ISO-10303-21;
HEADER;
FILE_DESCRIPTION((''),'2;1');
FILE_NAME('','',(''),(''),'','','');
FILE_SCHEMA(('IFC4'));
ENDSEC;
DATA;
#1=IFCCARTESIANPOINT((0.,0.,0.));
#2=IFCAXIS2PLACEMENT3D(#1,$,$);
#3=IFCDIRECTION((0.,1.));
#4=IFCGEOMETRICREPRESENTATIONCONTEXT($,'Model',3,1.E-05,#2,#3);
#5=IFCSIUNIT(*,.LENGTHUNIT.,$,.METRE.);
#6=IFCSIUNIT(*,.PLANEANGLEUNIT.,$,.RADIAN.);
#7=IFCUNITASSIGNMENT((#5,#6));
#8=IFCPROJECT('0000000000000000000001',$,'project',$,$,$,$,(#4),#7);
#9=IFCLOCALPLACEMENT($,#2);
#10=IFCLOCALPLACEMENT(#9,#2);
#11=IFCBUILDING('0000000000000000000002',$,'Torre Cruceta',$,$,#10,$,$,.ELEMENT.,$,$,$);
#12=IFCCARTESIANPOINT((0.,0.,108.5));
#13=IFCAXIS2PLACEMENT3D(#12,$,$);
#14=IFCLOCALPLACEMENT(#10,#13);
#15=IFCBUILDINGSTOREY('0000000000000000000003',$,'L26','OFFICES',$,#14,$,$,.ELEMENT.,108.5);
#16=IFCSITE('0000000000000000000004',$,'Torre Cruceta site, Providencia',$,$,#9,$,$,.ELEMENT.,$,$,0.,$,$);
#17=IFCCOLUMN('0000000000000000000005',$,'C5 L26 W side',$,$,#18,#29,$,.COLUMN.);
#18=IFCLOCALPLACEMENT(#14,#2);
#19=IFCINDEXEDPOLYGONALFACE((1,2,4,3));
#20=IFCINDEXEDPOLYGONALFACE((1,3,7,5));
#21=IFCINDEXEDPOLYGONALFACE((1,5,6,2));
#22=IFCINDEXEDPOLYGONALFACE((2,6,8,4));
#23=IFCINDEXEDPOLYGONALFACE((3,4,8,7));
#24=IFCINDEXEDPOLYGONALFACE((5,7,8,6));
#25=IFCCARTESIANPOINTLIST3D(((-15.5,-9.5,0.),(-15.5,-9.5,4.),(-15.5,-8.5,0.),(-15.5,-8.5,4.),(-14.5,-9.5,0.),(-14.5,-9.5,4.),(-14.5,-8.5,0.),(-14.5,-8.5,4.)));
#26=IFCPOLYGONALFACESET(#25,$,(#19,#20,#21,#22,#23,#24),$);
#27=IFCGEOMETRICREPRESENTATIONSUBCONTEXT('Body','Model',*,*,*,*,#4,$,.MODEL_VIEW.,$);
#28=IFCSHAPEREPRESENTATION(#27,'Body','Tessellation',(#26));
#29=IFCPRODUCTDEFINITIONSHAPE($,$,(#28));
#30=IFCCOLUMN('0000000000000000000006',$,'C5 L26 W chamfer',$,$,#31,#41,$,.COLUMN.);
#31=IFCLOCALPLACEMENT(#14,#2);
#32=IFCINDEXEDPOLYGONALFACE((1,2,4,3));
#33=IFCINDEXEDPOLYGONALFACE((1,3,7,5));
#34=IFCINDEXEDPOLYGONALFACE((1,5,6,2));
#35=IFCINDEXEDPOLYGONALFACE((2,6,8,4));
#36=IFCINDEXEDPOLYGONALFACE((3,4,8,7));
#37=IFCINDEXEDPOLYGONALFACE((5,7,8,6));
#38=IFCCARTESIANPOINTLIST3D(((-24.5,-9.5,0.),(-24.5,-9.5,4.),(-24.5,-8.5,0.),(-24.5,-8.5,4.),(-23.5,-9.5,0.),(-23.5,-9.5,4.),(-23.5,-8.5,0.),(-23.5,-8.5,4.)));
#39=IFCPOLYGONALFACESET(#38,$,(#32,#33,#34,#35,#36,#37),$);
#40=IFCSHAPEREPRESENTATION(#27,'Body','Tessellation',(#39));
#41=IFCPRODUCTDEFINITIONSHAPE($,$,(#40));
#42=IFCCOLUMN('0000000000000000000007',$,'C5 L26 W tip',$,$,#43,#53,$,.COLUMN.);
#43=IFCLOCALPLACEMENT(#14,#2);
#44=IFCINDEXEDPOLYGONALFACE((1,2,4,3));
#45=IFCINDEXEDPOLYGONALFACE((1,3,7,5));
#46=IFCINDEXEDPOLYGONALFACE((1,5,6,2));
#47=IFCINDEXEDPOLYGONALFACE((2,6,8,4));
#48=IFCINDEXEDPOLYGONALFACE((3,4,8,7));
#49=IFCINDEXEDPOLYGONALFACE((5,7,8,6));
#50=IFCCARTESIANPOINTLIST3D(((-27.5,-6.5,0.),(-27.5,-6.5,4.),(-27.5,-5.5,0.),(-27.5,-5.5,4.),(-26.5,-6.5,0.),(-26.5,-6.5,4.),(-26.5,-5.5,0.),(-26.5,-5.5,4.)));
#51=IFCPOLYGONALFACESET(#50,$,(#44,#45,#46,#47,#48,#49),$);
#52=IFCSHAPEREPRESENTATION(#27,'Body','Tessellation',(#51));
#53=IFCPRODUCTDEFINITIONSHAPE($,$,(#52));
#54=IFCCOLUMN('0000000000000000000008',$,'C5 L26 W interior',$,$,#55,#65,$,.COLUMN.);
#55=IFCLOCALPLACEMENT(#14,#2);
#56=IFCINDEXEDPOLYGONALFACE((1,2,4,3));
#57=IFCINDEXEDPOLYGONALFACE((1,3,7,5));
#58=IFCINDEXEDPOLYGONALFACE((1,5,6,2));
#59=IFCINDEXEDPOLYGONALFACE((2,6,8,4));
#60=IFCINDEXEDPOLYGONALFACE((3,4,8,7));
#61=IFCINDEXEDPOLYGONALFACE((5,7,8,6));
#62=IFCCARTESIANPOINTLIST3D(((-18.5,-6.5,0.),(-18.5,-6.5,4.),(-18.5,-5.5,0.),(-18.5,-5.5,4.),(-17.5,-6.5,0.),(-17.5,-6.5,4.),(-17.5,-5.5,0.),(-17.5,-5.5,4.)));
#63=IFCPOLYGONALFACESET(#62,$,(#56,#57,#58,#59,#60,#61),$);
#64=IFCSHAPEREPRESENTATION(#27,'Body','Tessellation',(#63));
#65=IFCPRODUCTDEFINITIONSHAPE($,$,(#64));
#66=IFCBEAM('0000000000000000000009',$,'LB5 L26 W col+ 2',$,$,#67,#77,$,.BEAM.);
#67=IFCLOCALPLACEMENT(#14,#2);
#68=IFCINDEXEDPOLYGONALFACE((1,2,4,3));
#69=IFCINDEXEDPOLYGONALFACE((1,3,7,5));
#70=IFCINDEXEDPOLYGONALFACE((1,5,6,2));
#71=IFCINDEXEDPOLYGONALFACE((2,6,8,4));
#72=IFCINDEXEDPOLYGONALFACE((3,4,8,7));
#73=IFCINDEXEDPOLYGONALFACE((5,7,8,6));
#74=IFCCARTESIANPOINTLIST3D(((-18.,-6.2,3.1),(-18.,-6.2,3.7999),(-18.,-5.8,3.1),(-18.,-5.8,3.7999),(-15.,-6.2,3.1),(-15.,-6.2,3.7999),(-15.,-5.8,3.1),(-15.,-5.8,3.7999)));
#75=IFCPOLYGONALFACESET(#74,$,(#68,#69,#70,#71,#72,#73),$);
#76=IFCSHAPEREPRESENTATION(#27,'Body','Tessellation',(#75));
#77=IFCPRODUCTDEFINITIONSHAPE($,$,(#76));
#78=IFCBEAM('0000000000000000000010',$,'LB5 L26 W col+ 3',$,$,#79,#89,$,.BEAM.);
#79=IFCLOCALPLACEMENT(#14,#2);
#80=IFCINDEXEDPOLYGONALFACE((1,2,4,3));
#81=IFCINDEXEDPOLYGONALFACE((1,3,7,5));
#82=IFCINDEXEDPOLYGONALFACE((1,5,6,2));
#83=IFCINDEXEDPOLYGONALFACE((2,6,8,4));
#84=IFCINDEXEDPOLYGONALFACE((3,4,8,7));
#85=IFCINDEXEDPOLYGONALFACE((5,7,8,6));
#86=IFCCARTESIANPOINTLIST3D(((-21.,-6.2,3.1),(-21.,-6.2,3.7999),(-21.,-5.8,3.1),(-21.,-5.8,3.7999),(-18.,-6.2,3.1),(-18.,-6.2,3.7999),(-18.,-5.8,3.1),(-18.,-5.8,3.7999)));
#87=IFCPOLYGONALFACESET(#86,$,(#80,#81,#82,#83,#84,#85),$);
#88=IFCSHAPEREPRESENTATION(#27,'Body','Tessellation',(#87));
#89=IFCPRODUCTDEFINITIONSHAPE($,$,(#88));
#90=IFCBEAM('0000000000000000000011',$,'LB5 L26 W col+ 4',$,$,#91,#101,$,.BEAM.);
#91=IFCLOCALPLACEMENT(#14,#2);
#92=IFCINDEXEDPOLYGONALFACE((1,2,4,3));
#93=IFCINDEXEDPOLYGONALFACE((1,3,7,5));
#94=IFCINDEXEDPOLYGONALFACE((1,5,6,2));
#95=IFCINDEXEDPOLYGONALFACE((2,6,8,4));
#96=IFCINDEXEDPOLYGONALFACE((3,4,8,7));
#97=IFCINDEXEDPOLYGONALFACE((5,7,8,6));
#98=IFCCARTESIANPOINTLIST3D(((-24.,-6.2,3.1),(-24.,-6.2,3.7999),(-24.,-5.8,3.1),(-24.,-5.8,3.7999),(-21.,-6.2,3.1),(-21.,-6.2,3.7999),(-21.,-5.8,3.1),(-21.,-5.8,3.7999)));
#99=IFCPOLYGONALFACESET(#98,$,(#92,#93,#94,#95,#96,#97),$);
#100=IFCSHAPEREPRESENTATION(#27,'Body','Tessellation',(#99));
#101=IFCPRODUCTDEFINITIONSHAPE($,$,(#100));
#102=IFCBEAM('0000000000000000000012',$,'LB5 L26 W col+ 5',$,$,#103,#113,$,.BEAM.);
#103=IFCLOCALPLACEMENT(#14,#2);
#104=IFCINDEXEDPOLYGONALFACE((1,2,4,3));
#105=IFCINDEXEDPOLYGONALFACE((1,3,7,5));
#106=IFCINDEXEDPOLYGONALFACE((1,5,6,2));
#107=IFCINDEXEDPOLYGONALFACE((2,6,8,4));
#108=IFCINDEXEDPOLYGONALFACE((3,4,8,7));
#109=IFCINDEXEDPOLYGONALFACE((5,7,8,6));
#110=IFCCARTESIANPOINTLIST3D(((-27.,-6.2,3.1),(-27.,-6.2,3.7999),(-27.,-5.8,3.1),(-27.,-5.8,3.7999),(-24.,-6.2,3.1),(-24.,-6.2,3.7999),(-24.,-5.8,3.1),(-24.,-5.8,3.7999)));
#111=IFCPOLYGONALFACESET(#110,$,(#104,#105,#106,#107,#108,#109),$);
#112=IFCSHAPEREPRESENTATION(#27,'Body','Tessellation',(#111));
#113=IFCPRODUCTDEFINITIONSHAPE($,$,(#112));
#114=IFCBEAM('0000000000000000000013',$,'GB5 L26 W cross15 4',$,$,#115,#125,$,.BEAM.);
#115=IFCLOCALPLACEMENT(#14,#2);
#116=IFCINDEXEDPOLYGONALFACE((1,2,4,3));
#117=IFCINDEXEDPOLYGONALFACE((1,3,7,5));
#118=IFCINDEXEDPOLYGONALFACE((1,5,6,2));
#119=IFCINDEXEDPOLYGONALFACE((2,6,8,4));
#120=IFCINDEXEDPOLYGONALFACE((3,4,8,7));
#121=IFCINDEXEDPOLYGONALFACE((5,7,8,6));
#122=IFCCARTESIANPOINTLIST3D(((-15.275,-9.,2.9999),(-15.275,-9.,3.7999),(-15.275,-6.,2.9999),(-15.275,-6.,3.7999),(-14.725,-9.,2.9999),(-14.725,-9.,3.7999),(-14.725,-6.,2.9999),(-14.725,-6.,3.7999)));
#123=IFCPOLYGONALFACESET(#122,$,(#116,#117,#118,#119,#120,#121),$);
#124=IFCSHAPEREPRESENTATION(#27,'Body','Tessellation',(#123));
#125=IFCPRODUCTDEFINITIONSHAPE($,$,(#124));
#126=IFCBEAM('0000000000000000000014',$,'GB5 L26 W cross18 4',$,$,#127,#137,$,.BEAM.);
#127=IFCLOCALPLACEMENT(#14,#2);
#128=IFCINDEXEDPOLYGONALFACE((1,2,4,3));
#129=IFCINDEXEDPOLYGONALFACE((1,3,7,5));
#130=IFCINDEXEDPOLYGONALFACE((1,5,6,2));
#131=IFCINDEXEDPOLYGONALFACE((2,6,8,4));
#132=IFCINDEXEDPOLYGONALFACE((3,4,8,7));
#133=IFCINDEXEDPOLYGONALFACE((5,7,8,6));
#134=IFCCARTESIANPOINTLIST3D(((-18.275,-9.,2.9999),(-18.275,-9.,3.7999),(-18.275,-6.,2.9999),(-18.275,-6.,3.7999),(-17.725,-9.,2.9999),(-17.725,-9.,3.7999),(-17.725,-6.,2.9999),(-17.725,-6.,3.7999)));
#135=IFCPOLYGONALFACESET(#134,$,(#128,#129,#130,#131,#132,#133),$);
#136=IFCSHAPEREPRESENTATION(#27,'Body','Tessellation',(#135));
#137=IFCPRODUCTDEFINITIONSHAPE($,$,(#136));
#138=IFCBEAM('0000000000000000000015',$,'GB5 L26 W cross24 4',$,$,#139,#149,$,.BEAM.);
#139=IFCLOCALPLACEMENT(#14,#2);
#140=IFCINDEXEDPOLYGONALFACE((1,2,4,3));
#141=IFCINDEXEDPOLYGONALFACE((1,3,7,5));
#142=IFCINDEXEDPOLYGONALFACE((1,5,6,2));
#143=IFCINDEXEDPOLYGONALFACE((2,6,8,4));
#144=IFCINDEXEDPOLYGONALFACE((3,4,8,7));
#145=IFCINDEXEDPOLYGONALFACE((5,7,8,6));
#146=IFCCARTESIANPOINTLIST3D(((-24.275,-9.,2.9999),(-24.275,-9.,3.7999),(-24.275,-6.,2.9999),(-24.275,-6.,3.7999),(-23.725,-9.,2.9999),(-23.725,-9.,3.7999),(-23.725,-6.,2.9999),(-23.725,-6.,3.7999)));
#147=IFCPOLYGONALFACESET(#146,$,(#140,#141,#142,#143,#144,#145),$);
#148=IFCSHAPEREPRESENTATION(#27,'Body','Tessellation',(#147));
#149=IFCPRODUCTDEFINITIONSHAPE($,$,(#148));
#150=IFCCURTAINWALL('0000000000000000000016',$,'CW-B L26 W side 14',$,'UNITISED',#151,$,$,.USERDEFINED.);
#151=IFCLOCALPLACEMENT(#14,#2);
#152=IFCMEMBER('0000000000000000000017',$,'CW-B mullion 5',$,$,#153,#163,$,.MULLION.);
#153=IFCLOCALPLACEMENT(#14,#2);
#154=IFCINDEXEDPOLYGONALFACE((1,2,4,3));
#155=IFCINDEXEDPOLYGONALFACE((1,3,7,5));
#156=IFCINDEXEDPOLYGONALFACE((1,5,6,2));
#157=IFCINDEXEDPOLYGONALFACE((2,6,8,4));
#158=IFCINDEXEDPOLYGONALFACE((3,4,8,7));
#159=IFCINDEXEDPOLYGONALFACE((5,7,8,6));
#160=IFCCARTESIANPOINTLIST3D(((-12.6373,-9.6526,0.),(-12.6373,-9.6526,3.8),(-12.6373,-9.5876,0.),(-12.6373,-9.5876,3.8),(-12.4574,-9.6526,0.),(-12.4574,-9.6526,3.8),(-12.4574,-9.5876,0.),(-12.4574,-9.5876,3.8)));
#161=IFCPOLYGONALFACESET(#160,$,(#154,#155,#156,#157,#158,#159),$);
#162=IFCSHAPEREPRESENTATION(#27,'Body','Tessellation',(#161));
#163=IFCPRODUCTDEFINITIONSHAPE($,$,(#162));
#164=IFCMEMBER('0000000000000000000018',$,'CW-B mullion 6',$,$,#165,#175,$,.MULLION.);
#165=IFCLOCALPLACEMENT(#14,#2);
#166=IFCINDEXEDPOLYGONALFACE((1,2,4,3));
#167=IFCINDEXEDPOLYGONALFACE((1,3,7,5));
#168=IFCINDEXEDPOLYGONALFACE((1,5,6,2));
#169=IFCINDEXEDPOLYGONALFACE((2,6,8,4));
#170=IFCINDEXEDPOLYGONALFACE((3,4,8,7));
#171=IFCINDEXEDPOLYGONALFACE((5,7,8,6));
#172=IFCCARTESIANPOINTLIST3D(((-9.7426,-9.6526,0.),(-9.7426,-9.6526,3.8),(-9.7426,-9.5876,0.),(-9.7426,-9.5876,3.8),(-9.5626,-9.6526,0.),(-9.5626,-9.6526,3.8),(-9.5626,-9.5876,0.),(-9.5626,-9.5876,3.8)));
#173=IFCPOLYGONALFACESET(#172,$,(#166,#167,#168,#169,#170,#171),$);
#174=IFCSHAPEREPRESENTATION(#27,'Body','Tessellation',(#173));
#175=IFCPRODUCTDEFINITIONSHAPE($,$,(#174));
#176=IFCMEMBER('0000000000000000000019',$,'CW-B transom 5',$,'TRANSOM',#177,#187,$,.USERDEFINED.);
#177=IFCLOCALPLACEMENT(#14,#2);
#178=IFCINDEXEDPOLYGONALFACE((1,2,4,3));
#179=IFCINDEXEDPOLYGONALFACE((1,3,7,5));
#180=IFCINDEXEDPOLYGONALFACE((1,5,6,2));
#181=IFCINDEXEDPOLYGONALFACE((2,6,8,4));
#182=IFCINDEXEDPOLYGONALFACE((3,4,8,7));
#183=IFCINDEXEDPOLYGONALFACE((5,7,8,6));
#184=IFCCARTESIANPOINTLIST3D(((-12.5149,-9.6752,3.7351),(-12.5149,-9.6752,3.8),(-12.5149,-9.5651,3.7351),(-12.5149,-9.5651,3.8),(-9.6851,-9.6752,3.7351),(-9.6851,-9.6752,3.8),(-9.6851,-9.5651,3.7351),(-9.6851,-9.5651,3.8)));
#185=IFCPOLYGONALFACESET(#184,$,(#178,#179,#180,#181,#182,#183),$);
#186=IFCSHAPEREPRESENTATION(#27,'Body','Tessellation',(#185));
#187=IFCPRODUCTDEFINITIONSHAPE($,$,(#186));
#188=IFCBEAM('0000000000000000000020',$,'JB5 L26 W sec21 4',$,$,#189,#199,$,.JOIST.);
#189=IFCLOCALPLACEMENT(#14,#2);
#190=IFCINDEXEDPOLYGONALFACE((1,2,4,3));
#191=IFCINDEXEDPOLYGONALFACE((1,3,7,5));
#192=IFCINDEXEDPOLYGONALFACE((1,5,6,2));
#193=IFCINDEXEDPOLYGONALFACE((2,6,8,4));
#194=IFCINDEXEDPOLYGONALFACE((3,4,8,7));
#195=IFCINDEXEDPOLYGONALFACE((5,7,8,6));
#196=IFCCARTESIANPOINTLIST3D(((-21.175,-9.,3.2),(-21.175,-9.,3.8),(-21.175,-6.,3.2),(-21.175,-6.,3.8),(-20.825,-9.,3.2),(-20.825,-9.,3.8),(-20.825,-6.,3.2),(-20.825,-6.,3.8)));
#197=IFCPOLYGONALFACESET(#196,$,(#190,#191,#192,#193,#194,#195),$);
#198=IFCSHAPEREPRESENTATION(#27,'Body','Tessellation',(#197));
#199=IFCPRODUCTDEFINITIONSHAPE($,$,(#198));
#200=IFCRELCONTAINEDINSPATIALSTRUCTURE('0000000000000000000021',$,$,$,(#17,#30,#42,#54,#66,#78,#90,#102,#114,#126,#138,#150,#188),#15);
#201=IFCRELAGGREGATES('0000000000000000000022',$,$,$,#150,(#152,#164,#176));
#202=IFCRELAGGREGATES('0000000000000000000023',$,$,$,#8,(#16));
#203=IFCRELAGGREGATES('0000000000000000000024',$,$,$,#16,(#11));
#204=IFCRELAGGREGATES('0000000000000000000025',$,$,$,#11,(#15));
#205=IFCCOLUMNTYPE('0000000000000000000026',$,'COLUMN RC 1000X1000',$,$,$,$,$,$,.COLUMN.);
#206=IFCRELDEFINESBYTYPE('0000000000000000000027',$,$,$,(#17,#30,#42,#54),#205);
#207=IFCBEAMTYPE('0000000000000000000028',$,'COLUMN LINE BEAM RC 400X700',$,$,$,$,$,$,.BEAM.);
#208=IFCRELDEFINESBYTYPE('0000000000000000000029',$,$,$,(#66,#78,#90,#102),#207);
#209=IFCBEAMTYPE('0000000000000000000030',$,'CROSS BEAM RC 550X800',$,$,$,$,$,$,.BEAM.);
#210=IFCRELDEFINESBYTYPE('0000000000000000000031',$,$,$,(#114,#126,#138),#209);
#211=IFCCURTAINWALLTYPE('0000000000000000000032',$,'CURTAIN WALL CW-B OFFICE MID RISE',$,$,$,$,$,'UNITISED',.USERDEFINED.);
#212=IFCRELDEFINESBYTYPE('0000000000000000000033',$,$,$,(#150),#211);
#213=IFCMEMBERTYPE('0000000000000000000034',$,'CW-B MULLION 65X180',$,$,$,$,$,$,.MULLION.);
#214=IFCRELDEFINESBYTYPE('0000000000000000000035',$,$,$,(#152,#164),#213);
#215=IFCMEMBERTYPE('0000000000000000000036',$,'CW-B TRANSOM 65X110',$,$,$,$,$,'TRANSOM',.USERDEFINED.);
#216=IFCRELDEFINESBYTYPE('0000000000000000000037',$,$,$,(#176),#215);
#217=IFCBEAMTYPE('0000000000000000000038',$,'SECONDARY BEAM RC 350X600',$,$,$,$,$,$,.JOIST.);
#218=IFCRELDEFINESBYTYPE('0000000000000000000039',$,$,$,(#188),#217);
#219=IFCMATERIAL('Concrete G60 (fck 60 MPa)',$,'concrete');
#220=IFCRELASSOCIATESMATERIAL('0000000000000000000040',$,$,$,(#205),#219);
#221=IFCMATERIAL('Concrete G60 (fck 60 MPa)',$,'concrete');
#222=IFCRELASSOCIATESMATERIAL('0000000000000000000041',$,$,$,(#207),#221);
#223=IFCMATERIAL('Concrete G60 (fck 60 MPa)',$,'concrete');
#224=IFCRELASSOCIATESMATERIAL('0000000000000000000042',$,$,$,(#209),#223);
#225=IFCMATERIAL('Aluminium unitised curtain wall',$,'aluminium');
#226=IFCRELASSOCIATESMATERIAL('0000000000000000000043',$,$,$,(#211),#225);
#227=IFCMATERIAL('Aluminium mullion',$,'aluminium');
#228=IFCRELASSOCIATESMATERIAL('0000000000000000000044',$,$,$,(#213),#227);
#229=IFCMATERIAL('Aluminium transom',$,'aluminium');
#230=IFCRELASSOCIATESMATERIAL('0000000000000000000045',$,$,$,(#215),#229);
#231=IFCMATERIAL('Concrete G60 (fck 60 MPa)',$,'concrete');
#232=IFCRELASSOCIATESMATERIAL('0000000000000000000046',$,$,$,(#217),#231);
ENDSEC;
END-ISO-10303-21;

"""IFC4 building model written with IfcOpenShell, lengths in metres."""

from ifc_helpers import new_model, si_unit, direction, frame, origin, origin_2d, place, context, subcontext, project, spatial, rectangle, extrude, material, material_profile, profile_set, type_object, element, aggregate, save


model = new_model("IFC4")

# Units and contexts
model_context = context("Model", 3, precision=1e-05, world=origin(), true_north=direction((0.0, 1.0)))
body_context = subcontext(model_context, "Body", "Model", "MODEL_VIEW")
ifc_project = project(units=[si_unit("LENGTHUNIT", "METRE"), si_unit("PLANEANGLEUNIT", "RADIAN")], contexts=[model_context])

# Site, building, storey
site_placement = place(None, origin())
site = spatial("IfcSite", under=ifc_project, at=site_placement, Name="Torre Cruceta site, Providencia", CompositionType="ELEMENT", RefElevation=0.0)
building_placement = place(site_placement, origin())
building = spatial("IfcBuilding", under=site, at=building_placement, Name="Torre Cruceta", CompositionType="ELEMENT")
storey_placement = place(building_placement, frame((0.0, 0.0, 108.5)))
storey = spatial("IfcBuildingStorey", under=building, at=storey_placement, Name="L26", Description="OFFICES", CompositionType="ELEMENT", Elevation=108.5)

# Columns
ifc_material_1 = material(Name="Concrete G60 (fck 60 MPa)", Category="concrete")
ifc_material_profile_1 = material_profile(ifc_material_1, rectangle(XDim=1.0, YDim=1.0, at=origin_2d()), Name="RC 1000X1000")
ifc_profile_set_1 = profile_set([ifc_material_profile_1], Name="Concrete G60 (fck 60 MPa)")
column_type = type_object("IfcColumnType", Name="COLUMN RC 1000X1000", PredefinedType="COLUMN", material=ifc_profile_set_1)
for number, where, z_axis, x_axis, name in (
    (1, (-15.0, -9.0, 0.0), (0.0, 0.0, 1.0), (1.0, 0.0, 0.0), "C5 L26 W side"),
    (2, (-24.0, -9.0, 0.0), (0.0, 0.0, 1.0), (1.0, 0.0, 0.0), "C5 L26 W chamfer"),
    (3, (-27.0, -6.0, 0.0), (0.0, 0.0, 1.0), (1.0, 0.0, 0.0), "C5 L26 W tip"),
    (4, (-18.0, -6.0, 0.0), (0.0, 0.0, 1.0), (1.0, 0.0, 0.0), "C5 L26 W interior"),
):
    element("IfcColumn", number, at=place(storey_placement, frame(where, z_axis=z_axis, x_axis=x_axis)), inside=storey, type_object=column_type, Name=name, PredefinedType="COLUMN", context=body_context, shape_type="SweptSolid", body=[
        extrude(rectangle(XDim=1.0, YDim=1.0, at=origin_2d()), origin(), (0.0, 0.0, 1.0), 4.0),
    ])

# Beams
ifc_material_2 = material(Name="Concrete G60 (fck 60 MPa)", Category="concrete")
ifc_material_profile_2 = material_profile(ifc_material_2, rectangle(XDim=0.3999, YDim=0.7, at=origin_2d()), Name="RC 400X700")
ifc_profile_set_2 = profile_set([ifc_material_profile_2], Name="Concrete G60 (fck 60 MPa)")
beam_type_1 = type_object("IfcBeamType", Name="COLUMN LINE BEAM RC 400X700", PredefinedType="BEAM", material=ifc_profile_set_2)
for number, where, z_axis, x_axis, name in (
    (5, (-15.0, -6.0, 3.45), (-1.0, 0.0, 0.0), (0.0, -1.0, 0.0), "LB5 L26 W col+ 2"),
    (6, (-18.0, -6.0, 3.45), (-1.0, 0.0, 0.0), (0.0, -1.0, 0.0), "LB5 L26 W col+ 3"),
    (7, (-21.0, -6.0, 3.45), (-1.0, 0.0, 0.0), (0.0, -1.0, 0.0), "LB5 L26 W col+ 4"),
    (8, (-24.0, -6.0, 3.45), (-1.0, 0.0, 0.0), (0.0, -1.0, 0.0), "LB5 L26 W col+ 5"),
):
    element("IfcBeam", number, at=place(storey_placement, frame(where, z_axis=z_axis, x_axis=x_axis)), inside=storey, type_object=beam_type_1, Name=name, PredefinedType="BEAM", context=body_context, shape_type="SweptSolid", body=[
        extrude(rectangle(XDim=0.3999, YDim=0.7, at=origin_2d()), origin(), (0.0, 0.0, 1.0), 3.0),
    ])
ifc_material_3 = material(Name="Concrete G60 (fck 60 MPa)", Category="concrete")
ifc_material_profile_3 = material_profile(ifc_material_3, rectangle(XDim=0.55, YDim=0.8, at=origin_2d()), Name="RC 550X800")
ifc_profile_set_3 = profile_set([ifc_material_profile_3], Name="Concrete G60 (fck 60 MPa)")
beam_type_2 = type_object("IfcBeamType", Name="CROSS BEAM RC 550X800", PredefinedType="BEAM", material=ifc_profile_set_3)
for number, where, z_axis, x_axis, name in (
    (9, (-15.0, -6.0, 3.3999), (0.0, -1.0, 0.0), (1.0, 0.0, 0.0), "GB5 L26 W cross15 4"),
    (10, (-18.0, -6.0, 3.3999), (0.0, -1.0, 0.0), (1.0, 0.0, 0.0), "GB5 L26 W cross18 4"),
    (11, (-24.0, -6.0, 3.3999), (0.0, -1.0, 0.0), (1.0, 0.0, 0.0), "GB5 L26 W cross24 4"),
):
    element("IfcBeam", number, at=place(storey_placement, frame(where, z_axis=z_axis, x_axis=x_axis)), inside=storey, type_object=beam_type_2, Name=name, PredefinedType="BEAM", context=body_context, shape_type="SweptSolid", body=[
        extrude(rectangle(XDim=0.55, YDim=0.8, at=origin_2d()), origin(), (0.0, 0.0, 1.0), 3.0),
    ])

# Curtain wall, members
ifc_material_4 = material(Name="Aluminium unitised curtain wall", Category="aluminium")
curtain_wall_type = type_object("IfcCurtainWallType", Name="CURTAIN WALL CW-B OFFICE MID RISE", ElementType="UNITISED", PredefinedType="USERDEFINED", material=ifc_material_4)
curtain_wall_placement = place(storey_placement, origin())
curtain_wall = element("IfcCurtainWall", 12, at=curtain_wall_placement, inside=storey, type_object=curtain_wall_type, Name="CW-B L26 W side 14", ObjectType="UNITISED", PredefinedType="USERDEFINED")
ifc_material_5 = material(Name="Aluminium mullion", Category="aluminium")
ifc_material_profile_4 = material_profile(ifc_material_5, rectangle(XDim=0.0649, YDim=0.1799, at=origin_2d()), Name="AL 65X180")
ifc_profile_set_4 = profile_set([ifc_material_profile_4], Name="Aluminium mullion")
member_type_1 = type_object("IfcMemberType", Name="CW-B MULLION 65X180", PredefinedType="MULLION", material=ifc_profile_set_4)
member_1_placement = place(storey_placement, frame((-12.5474, -9.6201, 0.0), z_axis=(0.0, 0.0, 1.0), x_axis=(0.0, 1.0, 0.0)))
member_1 = element("IfcMember", 13, at=member_1_placement, type_object=member_type_1, Name="CW-B mullion 5", PredefinedType="MULLION", context=body_context, shape_type="SweptSolid", body=[
    extrude(rectangle(XDim=0.0649, YDim=0.1799, at=origin_2d()), origin(), (0.0, 0.0, 1.0), 3.8),
])
member_2_placement = place(storey_placement, frame((-9.6526, -9.6201, 0.0), z_axis=(0.0, 0.0, 1.0), x_axis=(0.0, 1.0, 0.0)))
member_2 = element("IfcMember", 14, at=member_2_placement, type_object=member_type_1, Name="CW-B mullion 6", PredefinedType="MULLION", context=body_context, shape_type="SweptSolid", body=[
    extrude(rectangle(XDim=0.0649, YDim=0.1799, at=origin_2d()), origin(), (0.0, 0.0, 1.0), 3.8),
])
ifc_material_6 = material(Name="Aluminium transom", Category="aluminium")
ifc_material_profile_5 = material_profile(ifc_material_6, rectangle(XDim=0.1101, YDim=0.0649, at=origin_2d()), Name="AL 110X65")
ifc_profile_set_5 = profile_set([ifc_material_profile_5], Name="Aluminium transom")
member_type_2 = type_object("IfcMemberType", Name="CW-B TRANSOM 65X110", ElementType="TRANSOM", PredefinedType="USERDEFINED", material=ifc_profile_set_5)
member_3_placement = place(storey_placement, frame((-12.5149, -9.6201, 3.7676), z_axis=(1.0, 0.0, 0.0), x_axis=(0.0, 1.0, 0.0)))
member_3 = element("IfcMember", 15, at=member_3_placement, type_object=member_type_2, Name="CW-B transom 5", ObjectType="TRANSOM", PredefinedType="USERDEFINED", context=body_context, shape_type="SweptSolid", body=[
    extrude(rectangle(XDim=0.1101, YDim=0.0649, at=origin_2d()), origin(), (0.0, 0.0, 1.0), 2.8298),
])

# Beam
ifc_material_7 = material(Name="Concrete G60 (fck 60 MPa)", Category="concrete")
ifc_material_profile_6 = material_profile(ifc_material_7, rectangle(XDim=0.3501, YDim=0.6001, at=origin_2d()), Name="RC 350X600")
ifc_profile_set_6 = profile_set([ifc_material_profile_6], Name="Concrete G60 (fck 60 MPa)")
beam_type_3 = type_object("IfcBeamType", Name="SECONDARY BEAM RC 350X600", PredefinedType="JOIST", material=ifc_profile_set_6)
beam_1_placement = place(storey_placement, frame((-21.0, -6.0, 3.5), z_axis=(0.0, -1.0, 0.0), x_axis=(1.0, 0.0, 0.0)))
element("IfcBeam", 16, at=beam_1_placement, inside=storey, type_object=beam_type_3, Name="JB5 L26 W sec21 4", PredefinedType="JOIST", context=body_context, shape_type="SweptSolid", body=[
    extrude(rectangle(XDim=0.3501, YDim=0.6001, at=origin_2d()), origin(), (0.0, 0.0, 1.0), 3.0),
])

aggregate(curtain_wall, [member_1, member_2, member_3])

save(model, "model.ifc")
